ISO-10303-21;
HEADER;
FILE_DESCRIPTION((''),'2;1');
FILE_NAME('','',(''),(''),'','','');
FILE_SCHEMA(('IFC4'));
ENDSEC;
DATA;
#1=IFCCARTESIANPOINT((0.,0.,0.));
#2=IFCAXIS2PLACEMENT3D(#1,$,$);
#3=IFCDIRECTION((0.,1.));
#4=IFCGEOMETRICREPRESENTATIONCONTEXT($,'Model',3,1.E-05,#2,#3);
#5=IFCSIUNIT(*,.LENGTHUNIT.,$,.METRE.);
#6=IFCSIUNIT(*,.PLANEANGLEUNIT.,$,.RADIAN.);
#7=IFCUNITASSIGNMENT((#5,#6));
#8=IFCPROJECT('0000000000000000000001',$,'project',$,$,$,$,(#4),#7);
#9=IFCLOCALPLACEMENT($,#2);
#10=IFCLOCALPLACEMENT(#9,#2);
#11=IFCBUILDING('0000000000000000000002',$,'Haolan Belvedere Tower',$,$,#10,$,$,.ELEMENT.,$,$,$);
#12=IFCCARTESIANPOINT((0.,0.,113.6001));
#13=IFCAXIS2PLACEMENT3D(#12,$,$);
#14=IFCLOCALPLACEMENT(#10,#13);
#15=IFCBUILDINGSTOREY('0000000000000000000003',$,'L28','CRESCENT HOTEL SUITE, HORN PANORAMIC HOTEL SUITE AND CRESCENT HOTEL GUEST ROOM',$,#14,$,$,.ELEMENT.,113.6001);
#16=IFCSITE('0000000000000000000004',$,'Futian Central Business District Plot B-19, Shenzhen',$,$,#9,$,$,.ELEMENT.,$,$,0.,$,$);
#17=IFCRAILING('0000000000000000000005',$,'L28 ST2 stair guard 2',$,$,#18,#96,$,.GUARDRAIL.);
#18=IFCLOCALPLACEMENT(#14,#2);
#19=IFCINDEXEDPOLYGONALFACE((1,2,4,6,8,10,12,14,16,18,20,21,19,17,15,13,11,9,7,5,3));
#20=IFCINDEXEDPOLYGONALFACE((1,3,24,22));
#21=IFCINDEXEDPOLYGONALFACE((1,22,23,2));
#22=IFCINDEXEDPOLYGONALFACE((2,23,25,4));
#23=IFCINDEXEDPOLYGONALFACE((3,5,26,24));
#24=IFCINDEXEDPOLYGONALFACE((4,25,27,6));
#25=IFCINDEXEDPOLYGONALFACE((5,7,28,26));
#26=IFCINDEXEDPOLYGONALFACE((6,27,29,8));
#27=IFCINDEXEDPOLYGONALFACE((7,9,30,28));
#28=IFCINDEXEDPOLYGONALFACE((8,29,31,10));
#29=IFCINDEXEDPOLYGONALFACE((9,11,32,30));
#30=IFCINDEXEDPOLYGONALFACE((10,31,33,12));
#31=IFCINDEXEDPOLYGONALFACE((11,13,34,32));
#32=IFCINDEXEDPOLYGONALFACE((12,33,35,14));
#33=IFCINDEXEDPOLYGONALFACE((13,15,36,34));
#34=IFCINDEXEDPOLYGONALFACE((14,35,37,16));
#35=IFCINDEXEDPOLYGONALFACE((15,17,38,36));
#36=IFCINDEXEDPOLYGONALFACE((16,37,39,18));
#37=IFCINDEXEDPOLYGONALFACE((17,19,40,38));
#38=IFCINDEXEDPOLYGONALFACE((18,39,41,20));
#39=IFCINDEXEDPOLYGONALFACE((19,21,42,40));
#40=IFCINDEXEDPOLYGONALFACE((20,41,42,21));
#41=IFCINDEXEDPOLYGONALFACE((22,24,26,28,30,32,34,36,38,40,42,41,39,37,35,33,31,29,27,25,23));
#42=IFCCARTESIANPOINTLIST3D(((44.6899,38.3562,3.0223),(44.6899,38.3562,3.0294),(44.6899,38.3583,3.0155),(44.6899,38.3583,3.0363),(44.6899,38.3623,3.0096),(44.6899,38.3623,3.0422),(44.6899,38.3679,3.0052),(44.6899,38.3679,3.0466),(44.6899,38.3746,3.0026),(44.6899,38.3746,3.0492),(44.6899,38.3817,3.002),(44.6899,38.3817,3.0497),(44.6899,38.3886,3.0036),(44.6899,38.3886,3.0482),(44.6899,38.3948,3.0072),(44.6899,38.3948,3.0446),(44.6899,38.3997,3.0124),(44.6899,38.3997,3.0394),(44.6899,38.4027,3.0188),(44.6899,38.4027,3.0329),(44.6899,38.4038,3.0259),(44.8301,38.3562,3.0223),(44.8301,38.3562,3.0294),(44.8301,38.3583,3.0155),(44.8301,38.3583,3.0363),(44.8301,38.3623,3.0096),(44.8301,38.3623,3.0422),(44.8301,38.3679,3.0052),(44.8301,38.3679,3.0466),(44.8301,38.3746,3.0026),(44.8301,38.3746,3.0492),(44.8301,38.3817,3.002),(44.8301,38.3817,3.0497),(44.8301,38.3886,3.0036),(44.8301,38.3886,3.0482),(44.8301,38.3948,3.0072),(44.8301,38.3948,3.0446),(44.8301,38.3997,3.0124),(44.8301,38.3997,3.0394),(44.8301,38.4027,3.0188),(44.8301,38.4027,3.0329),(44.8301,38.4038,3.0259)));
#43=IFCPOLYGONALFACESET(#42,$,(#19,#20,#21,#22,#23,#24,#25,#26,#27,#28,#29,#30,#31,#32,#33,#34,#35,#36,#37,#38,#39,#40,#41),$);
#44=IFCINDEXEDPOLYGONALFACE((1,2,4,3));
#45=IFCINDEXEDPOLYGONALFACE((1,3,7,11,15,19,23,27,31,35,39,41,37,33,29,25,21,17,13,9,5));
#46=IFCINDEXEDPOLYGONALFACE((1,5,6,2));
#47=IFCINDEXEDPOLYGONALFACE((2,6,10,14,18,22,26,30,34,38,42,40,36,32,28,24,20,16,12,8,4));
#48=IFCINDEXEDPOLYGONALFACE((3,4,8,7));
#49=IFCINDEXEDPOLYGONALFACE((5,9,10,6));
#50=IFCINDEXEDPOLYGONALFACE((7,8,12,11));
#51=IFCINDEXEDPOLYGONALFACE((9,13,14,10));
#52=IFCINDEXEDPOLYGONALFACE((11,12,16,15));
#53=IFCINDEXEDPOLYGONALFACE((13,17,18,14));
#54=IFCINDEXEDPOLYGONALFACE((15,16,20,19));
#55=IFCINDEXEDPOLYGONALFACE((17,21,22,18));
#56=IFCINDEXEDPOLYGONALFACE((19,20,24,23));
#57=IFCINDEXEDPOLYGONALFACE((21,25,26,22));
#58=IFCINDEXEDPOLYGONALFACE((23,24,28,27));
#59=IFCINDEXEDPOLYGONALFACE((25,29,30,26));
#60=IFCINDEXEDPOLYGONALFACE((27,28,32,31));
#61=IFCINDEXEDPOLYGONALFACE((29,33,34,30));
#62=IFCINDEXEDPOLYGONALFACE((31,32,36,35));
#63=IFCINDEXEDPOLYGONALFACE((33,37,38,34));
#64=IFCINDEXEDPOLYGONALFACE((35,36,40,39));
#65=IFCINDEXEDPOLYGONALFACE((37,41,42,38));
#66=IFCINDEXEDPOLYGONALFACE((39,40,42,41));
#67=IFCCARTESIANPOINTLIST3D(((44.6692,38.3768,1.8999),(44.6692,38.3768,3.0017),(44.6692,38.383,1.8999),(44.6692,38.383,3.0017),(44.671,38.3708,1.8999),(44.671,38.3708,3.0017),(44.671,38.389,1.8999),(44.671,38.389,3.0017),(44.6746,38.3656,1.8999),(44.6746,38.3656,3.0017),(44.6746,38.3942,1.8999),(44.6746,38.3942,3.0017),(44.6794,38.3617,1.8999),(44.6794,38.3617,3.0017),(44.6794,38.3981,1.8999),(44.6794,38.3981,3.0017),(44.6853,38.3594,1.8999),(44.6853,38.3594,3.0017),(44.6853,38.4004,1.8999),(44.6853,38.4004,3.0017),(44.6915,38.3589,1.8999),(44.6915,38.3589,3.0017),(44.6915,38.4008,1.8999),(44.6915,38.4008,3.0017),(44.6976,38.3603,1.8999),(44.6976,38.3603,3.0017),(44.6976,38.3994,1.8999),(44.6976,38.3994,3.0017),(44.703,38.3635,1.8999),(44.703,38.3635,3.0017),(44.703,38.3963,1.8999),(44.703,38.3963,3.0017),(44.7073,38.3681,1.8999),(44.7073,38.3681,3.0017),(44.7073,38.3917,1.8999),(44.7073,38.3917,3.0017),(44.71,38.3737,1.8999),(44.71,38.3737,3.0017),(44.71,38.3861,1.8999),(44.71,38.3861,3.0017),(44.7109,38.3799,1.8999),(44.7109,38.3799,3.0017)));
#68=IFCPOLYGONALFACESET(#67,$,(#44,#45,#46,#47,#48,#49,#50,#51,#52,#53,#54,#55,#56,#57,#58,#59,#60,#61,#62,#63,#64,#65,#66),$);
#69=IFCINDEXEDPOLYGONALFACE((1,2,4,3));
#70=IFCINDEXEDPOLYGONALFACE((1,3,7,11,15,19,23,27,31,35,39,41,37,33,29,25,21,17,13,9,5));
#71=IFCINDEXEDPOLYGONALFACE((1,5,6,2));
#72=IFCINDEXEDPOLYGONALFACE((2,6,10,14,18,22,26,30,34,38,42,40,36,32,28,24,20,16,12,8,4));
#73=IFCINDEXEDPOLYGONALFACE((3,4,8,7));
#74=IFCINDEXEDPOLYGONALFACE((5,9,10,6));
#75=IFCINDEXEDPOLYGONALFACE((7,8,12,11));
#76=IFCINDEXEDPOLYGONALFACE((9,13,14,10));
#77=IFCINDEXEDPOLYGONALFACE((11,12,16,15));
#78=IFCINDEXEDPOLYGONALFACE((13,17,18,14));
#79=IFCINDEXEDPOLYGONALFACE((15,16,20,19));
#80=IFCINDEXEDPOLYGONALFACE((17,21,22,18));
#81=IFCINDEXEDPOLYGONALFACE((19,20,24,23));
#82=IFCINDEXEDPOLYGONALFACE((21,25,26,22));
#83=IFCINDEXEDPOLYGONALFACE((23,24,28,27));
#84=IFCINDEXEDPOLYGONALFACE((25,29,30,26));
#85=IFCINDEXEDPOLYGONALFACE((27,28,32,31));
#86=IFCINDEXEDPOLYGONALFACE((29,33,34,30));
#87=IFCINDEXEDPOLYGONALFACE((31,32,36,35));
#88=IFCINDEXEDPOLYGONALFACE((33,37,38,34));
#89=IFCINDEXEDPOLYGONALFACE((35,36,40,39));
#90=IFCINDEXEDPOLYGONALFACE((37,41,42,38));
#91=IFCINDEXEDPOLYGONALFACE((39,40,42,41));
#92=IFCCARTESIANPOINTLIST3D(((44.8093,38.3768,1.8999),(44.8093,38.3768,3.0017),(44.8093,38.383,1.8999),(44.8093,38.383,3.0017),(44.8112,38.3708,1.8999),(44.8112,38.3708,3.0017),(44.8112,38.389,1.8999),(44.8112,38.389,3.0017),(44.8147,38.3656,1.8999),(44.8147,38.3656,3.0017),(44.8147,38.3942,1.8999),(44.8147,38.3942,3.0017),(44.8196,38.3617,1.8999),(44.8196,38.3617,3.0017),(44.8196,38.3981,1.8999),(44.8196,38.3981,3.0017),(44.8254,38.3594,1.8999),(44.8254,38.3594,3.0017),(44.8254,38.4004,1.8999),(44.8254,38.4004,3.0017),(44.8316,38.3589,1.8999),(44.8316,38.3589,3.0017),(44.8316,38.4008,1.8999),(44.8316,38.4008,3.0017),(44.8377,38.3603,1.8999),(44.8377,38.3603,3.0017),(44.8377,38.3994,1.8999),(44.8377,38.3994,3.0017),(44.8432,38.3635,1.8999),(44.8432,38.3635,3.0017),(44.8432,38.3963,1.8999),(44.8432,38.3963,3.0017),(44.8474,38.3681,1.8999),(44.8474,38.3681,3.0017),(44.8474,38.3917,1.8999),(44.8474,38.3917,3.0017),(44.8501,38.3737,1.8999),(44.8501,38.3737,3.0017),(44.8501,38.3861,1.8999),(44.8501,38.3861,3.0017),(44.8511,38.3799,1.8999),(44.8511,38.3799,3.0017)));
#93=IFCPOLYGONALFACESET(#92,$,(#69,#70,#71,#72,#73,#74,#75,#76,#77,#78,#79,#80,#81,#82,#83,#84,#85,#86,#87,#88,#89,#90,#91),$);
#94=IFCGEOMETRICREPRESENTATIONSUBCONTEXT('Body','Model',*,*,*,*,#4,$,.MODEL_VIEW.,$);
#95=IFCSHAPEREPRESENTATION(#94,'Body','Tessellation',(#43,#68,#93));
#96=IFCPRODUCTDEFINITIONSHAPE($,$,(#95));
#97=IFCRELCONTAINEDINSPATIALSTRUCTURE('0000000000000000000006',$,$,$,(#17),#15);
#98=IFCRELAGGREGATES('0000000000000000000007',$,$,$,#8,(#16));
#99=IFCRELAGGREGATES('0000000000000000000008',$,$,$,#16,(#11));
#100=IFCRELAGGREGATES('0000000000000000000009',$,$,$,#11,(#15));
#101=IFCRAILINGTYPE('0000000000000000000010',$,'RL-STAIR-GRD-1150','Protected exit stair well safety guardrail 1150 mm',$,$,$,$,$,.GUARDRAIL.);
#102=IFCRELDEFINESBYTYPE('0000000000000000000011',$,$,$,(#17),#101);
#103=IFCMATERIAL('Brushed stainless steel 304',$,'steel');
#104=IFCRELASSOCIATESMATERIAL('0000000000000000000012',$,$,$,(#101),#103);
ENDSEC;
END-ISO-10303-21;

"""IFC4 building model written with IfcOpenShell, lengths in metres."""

from ifc_helpers import new_model, si_unit, direction, frame, origin, origin_2d, place, context, subcontext, project, spatial, circle, extrude, material, type_object, element, save


model = new_model("IFC4")

# Units and contexts
model_context = context("Model", 3, precision=1e-05, world=origin(), true_north=direction((0.0, 1.0)))
body_context = subcontext(model_context, "Body", "Model", "MODEL_VIEW")
ifc_project = project(units=[si_unit("LENGTHUNIT", "METRE"), si_unit("PLANEANGLEUNIT", "RADIAN")], contexts=[model_context])

# Site, building, storey
site_placement = place(None, origin())
site = spatial("IfcSite", under=ifc_project, at=site_placement, Name="Futian Central Business District Plot B-19, Shenzhen", CompositionType="ELEMENT", RefElevation=0.0)
building_placement = place(site_placement, origin())
building = spatial("IfcBuilding", under=site, at=building_placement, Name="Haolan Belvedere Tower", CompositionType="ELEMENT")
storey_placement = place(building_placement, frame((0.0, 0.0, 113.6001)))
storey = spatial("IfcBuildingStorey", under=building, at=storey_placement, Name="L28", Description="CRESCENT HOTEL SUITE, HORN PANORAMIC HOTEL SUITE AND CRESCENT HOTEL GUEST ROOM", CompositionType="ELEMENT", Elevation=113.6001)

# Railing
ifc_material_1 = material(Name="Brushed stainless steel 304", Category="steel")
railing_type_1 = type_object("IfcRailingType", Name="RL-STAIR-GRD-1150", Description="Protected exit stair well safety guardrail 1150 mm", PredefinedType="GUARDRAIL", material=ifc_material_1)
railing_1_placement = place(storey_placement, frame((44.6899, 38.3799, 1.8999)))
element("IfcRailing", 1, at=railing_1_placement, inside=storey, type_object=railing_type_1, Name="L28 ST2 stair guard 2", PredefinedType="GUARDRAIL", context=body_context, shape_type="SweptSolid", body=[
    extrude(circle(Radius=0.0239, at=origin_2d()), frame((0.0, 0.0, 1.126), z_axis=(1.0, 0.0, 0.0), x_axis=(0.0, 1.0, 0.0)), (0.0, 0.0, 1.0), 0.1401),
    extrude(circle(Radius=0.021, at=origin_2d()), origin(), (0.0, 0.0, 1.0), 1.1018),
    extrude(circle(Radius=0.021, at=origin_2d()), frame((0.1401, 0.0, 0.0)), (0.0, 0.0, 1.0), 1.1018),
])

save(model, "model.ifc")
